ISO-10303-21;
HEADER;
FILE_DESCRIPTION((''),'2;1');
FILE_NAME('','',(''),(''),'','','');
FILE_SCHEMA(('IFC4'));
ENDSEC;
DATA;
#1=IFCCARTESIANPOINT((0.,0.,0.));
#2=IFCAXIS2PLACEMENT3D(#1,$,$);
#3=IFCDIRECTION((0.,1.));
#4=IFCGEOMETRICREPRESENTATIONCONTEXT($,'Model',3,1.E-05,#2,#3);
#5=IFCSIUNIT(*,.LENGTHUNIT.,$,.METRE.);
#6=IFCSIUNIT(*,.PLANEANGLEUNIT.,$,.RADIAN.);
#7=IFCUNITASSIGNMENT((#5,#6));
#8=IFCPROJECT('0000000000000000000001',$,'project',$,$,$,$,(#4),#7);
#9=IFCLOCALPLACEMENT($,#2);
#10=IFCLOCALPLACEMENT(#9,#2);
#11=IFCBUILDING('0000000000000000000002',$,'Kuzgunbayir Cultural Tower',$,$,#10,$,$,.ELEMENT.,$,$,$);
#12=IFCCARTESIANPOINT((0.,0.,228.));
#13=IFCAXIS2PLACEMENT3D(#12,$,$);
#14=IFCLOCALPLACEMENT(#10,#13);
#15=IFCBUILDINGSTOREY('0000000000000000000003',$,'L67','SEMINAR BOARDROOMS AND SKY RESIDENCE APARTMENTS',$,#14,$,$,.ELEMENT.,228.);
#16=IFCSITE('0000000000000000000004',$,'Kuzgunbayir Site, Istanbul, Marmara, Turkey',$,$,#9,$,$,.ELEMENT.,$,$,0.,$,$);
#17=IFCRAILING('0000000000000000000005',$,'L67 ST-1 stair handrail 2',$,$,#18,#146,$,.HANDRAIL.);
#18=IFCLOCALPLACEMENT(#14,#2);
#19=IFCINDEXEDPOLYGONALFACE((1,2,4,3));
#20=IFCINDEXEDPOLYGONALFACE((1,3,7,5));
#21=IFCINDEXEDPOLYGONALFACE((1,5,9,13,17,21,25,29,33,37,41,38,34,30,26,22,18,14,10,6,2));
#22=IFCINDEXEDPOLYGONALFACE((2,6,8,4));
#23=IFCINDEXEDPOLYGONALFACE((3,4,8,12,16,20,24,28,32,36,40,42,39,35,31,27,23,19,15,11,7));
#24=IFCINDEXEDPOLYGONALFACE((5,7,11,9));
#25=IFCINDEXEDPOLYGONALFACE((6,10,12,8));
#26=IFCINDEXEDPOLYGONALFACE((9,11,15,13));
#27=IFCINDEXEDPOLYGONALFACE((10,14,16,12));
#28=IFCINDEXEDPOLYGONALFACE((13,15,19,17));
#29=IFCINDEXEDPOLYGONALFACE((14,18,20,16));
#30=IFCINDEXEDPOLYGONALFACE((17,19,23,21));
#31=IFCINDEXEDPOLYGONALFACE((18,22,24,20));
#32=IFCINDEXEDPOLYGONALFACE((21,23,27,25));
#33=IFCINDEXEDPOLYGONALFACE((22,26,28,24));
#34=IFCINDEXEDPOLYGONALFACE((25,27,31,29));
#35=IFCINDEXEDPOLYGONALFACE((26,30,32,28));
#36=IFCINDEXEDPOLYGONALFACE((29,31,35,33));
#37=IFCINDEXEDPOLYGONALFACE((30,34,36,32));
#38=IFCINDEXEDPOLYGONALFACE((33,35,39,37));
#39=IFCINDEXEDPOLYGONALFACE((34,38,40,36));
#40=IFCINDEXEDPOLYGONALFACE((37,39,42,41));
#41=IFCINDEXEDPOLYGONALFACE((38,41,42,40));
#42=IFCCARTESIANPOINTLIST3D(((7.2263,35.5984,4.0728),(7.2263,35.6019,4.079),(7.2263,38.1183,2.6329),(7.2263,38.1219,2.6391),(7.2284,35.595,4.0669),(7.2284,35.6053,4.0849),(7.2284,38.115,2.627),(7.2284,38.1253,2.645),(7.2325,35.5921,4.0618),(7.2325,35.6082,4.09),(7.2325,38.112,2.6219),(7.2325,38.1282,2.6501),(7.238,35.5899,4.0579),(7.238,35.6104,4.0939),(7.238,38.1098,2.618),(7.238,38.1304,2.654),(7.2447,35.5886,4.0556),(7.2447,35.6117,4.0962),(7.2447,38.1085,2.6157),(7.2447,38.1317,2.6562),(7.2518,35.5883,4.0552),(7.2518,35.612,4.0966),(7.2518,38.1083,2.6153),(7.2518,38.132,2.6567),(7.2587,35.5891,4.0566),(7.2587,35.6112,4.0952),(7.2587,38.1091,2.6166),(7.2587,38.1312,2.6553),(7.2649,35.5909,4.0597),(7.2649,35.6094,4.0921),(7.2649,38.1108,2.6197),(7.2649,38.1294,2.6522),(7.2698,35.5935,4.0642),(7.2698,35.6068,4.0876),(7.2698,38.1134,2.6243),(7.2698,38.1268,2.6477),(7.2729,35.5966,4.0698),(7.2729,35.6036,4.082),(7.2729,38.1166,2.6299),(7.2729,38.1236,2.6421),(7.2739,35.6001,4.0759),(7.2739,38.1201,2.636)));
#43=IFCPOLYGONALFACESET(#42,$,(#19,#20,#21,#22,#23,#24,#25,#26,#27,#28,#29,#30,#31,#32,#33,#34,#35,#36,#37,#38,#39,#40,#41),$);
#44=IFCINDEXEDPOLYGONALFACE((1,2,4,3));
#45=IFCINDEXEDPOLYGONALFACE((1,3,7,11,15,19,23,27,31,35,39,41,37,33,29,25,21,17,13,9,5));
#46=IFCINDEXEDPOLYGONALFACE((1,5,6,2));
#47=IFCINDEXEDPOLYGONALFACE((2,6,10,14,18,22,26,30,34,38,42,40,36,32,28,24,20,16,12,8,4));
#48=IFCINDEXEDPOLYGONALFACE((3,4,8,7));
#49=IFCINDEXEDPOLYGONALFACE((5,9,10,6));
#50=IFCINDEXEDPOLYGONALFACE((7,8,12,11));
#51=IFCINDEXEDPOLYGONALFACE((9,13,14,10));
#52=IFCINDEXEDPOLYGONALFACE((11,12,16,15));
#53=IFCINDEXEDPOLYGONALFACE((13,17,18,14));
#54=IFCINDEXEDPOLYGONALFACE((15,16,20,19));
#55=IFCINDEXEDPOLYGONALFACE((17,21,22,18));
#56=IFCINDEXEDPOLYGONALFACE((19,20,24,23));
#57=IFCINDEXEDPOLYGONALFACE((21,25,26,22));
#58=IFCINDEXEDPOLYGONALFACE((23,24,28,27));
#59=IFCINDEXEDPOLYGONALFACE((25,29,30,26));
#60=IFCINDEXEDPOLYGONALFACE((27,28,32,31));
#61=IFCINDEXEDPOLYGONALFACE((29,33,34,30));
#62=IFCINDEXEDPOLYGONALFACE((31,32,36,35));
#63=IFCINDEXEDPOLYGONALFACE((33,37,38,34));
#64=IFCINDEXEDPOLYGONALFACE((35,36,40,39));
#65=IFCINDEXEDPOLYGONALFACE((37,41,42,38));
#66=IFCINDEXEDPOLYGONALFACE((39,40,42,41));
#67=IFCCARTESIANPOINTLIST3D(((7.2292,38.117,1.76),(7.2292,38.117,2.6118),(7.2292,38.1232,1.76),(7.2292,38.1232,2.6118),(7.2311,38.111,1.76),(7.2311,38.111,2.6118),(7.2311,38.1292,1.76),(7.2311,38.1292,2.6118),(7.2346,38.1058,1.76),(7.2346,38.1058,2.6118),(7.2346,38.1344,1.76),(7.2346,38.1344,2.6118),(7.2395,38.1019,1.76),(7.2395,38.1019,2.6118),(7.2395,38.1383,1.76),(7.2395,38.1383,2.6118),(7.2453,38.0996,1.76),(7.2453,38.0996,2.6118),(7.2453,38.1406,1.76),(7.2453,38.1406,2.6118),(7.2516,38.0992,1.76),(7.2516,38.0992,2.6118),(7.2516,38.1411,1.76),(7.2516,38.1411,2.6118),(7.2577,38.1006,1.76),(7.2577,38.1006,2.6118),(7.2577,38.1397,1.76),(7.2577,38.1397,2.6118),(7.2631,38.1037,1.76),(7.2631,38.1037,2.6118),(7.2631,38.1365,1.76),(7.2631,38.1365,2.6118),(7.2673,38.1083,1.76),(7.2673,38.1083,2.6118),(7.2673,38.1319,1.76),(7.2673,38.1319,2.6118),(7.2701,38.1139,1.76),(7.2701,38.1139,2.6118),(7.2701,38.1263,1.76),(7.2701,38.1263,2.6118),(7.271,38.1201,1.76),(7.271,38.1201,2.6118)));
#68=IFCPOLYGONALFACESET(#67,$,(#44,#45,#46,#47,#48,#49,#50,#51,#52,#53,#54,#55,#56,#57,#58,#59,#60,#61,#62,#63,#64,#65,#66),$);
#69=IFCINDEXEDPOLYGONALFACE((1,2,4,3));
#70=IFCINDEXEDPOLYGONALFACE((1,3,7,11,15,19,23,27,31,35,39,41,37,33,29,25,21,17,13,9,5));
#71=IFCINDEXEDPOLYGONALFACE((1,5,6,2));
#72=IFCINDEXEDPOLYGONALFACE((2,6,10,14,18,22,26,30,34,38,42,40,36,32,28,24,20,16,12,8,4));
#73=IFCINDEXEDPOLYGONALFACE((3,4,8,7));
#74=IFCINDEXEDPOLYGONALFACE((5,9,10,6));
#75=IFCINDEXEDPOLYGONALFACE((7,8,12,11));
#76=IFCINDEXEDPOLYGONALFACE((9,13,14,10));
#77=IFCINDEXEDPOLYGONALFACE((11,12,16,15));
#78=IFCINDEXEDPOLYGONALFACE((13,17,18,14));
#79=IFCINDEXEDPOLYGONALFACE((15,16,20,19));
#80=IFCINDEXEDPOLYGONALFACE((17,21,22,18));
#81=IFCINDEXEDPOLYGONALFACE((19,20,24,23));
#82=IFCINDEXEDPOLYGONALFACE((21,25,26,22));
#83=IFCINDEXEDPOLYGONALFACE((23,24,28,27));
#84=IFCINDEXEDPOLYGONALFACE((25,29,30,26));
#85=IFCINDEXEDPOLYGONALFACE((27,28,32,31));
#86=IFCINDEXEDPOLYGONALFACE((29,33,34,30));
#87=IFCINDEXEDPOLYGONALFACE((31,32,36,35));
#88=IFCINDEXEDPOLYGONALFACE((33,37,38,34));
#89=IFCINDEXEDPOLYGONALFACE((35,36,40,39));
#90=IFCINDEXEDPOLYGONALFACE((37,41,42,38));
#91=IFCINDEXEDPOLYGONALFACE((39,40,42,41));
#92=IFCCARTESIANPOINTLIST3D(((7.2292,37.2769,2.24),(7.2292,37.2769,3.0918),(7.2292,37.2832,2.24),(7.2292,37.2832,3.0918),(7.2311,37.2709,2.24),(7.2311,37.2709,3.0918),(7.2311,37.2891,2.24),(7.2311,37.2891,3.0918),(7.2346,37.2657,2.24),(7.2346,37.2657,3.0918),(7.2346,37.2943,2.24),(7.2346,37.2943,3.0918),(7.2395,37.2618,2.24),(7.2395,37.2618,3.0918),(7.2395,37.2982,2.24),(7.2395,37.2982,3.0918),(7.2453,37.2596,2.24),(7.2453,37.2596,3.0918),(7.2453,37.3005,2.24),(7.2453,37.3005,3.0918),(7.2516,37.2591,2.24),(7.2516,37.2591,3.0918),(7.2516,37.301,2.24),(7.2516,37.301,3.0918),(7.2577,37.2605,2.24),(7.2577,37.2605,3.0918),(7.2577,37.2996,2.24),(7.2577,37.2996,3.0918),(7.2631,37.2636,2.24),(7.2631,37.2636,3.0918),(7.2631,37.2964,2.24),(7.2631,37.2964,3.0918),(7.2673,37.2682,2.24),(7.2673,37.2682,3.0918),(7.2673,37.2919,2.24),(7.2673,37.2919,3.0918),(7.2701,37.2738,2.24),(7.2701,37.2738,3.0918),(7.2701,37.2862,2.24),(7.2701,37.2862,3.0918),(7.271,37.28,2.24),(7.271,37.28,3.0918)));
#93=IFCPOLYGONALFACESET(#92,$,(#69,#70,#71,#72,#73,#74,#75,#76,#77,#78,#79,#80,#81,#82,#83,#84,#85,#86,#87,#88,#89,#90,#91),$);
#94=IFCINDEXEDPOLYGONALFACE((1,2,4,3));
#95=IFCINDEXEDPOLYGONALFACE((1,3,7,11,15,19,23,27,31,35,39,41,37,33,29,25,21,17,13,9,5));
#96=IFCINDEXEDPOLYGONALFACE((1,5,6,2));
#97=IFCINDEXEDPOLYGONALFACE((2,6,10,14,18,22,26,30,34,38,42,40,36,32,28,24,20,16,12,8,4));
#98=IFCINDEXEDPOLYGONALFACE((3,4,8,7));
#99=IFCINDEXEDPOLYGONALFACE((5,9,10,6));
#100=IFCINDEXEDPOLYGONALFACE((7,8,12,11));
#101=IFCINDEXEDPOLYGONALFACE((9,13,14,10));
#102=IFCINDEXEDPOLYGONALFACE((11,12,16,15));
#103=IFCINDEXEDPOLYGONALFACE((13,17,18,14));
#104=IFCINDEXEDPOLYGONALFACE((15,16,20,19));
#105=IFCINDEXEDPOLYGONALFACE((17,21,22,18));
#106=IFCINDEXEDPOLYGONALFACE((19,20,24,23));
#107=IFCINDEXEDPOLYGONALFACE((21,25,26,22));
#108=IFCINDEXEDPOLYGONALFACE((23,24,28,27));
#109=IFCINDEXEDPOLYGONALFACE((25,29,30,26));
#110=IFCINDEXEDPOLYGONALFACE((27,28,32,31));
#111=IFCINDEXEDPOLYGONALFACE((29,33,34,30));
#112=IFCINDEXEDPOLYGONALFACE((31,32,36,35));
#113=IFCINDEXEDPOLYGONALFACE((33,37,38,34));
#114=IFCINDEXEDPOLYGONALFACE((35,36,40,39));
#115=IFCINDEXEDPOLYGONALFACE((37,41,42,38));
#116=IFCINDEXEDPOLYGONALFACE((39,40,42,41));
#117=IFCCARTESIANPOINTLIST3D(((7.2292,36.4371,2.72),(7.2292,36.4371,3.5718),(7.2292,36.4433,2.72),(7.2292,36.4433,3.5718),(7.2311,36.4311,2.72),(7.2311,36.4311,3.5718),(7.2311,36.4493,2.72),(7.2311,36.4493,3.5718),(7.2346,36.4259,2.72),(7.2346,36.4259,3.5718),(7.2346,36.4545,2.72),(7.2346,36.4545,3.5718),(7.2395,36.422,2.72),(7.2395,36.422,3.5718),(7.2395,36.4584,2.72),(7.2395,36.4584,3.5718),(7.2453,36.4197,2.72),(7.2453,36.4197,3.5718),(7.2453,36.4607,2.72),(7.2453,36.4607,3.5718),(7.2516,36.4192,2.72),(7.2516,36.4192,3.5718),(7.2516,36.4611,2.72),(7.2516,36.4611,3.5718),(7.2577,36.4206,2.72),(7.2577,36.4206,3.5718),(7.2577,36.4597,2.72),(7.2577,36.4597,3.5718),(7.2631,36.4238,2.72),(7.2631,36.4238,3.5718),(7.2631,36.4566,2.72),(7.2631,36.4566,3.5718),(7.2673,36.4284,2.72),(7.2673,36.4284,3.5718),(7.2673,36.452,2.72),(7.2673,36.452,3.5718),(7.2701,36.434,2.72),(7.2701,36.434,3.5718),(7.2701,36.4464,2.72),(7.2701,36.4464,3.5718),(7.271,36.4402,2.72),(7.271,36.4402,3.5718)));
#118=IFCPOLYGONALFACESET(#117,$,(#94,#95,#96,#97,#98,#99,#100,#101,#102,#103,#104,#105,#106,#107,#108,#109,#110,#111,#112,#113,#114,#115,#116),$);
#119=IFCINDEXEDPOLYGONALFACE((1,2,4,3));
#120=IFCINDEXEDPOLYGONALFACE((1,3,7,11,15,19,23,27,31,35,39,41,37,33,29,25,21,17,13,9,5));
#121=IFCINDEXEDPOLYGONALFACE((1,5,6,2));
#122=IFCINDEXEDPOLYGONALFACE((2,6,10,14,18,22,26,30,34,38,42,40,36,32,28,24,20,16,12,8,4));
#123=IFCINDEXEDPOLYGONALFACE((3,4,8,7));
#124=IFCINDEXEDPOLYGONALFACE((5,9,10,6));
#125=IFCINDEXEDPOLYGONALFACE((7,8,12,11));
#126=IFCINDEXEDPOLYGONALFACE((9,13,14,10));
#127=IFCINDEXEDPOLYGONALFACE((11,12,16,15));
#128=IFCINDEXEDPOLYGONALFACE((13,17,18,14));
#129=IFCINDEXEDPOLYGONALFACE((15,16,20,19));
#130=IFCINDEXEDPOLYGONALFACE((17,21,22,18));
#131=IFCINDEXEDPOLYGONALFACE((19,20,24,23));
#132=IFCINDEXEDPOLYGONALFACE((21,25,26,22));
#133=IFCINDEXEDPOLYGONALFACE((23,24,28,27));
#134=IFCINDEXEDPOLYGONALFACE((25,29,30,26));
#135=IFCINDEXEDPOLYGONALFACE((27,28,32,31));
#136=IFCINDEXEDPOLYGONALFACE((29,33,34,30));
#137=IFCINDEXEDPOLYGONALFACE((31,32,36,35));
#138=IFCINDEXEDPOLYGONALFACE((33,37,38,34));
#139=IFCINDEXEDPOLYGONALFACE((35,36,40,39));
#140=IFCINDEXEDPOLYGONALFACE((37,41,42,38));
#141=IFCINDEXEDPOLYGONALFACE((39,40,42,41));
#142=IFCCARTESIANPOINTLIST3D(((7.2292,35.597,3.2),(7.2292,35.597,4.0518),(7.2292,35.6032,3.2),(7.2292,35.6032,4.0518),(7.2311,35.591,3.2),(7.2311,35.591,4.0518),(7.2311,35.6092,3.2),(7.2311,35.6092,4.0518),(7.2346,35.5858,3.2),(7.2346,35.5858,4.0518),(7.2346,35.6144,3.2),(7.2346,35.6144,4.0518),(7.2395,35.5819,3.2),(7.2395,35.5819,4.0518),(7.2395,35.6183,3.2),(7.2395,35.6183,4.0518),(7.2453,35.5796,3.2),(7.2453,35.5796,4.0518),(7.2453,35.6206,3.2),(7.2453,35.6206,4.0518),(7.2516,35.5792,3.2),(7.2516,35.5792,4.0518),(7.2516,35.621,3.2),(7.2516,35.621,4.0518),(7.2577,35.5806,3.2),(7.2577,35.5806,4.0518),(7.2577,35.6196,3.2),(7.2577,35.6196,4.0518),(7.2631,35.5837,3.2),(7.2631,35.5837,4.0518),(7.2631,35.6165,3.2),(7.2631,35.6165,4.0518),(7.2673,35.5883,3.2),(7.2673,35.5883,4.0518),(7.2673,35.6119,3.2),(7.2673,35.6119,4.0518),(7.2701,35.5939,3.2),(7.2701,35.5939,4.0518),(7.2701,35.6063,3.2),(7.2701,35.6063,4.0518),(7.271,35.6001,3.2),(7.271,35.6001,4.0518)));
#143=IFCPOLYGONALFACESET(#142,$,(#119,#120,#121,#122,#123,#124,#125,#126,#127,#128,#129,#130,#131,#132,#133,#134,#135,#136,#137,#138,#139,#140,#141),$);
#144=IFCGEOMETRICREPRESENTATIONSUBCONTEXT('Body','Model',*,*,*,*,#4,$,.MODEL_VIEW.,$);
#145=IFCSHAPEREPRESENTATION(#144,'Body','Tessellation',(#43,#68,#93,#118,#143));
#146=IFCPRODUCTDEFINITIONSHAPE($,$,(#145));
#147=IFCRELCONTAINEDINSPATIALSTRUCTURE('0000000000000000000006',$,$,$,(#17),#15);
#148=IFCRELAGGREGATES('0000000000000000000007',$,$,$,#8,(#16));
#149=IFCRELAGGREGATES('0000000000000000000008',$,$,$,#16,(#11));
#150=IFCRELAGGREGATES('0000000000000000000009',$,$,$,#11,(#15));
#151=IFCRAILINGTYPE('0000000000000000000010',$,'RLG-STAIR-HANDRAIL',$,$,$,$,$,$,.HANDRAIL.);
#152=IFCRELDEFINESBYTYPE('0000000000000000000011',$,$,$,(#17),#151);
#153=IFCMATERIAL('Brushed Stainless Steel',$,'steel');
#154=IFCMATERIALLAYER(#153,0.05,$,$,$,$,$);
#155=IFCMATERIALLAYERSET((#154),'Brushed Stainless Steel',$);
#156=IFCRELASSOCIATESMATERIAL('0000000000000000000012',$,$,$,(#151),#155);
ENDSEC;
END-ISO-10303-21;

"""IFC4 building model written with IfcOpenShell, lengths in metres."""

from ifc_helpers import new_model, si_unit, direction, frame, origin, origin_2d, place, context, subcontext, project, spatial, circle, extrude, material, layer, layer_set, type_object, element, save


model = new_model("IFC4")

# Units and contexts
model_context = context("Model", 3, precision=1e-05, world=origin(), true_north=direction((0.0, 1.0)))
body_context = subcontext(model_context, "Body", "Model", "MODEL_VIEW")
ifc_project = project(units=[si_unit("LENGTHUNIT", "METRE"), si_unit("PLANEANGLEUNIT", "RADIAN")], contexts=[model_context])

# Site, building, storey
site_placement = place(None, origin())
site = spatial("IfcSite", under=ifc_project, at=site_placement, Name="Kuzgunbayir Site, Istanbul, Marmara, Turkey", CompositionType="ELEMENT", RefElevation=0.0)
building_placement = place(site_placement, origin())
building = spatial("IfcBuilding", under=site, at=building_placement, Name="Kuzgunbayir Cultural Tower", CompositionType="ELEMENT")
storey_placement = place(building_placement, frame((0.0, 0.0, 228.0)))
storey = spatial("IfcBuildingStorey", under=building, at=storey_placement, Name="L67", Description="SEMINAR BOARDROOMS AND SKY RESIDENCE APARTMENTS", CompositionType="ELEMENT", Elevation=228.0)

# Shared definitions
ifc_material_1 = material(Name="Brushed Stainless Steel", Category="steel")

# Railing
ifc_layer_1 = layer(ifc_material_1, 0.05)
ifc_layer_set_1 = layer_set([ifc_layer_1], Name="Brushed Stainless Steel")
railing_type_1 = type_object("IfcRailingType", Name="RLG-STAIR-HANDRAIL", PredefinedType="HANDRAIL", material=ifc_layer_set_1)
railing_1_placement = place(storey_placement, frame((7.25, 38.1201, 1.76)))
element("IfcRailing", 1, at=railing_1_placement, inside=storey, type_object=railing_type_1, Name="L67 ST-1 stair handrail 2", PredefinedType="HANDRAIL", context=body_context, shape_type="SweptSolid", body=[
    extrude(circle(Radius=0.0239, at=origin_2d()), frame((0.0, 0.0, 0.876), z_axis=(0.0, -0.868253, 0.496121), x_axis=(1.0, 0.0, 0.0)), (0.0, 0.0, 1.0), 2.9023),
    extrude(circle(Radius=0.021, at=origin_2d()), origin(), (0.0, 0.0, 1.0), 0.8518),
    extrude(circle(Radius=0.021, at=origin_2d()), frame((0.0, -0.8401, 0.48)), (0.0, 0.0, 1.0), 0.8518),
    extrude(circle(Radius=0.021, at=origin_2d()), frame((0.0, -1.6799, 0.96)), (0.0, 0.0, 1.0), 0.8518),
    extrude(circle(Radius=0.021, at=origin_2d()), frame((0.0, -2.52, 1.4399)), (0.0, 0.0, 1.0), 0.8518),
])

save(model, "model.ifc")
